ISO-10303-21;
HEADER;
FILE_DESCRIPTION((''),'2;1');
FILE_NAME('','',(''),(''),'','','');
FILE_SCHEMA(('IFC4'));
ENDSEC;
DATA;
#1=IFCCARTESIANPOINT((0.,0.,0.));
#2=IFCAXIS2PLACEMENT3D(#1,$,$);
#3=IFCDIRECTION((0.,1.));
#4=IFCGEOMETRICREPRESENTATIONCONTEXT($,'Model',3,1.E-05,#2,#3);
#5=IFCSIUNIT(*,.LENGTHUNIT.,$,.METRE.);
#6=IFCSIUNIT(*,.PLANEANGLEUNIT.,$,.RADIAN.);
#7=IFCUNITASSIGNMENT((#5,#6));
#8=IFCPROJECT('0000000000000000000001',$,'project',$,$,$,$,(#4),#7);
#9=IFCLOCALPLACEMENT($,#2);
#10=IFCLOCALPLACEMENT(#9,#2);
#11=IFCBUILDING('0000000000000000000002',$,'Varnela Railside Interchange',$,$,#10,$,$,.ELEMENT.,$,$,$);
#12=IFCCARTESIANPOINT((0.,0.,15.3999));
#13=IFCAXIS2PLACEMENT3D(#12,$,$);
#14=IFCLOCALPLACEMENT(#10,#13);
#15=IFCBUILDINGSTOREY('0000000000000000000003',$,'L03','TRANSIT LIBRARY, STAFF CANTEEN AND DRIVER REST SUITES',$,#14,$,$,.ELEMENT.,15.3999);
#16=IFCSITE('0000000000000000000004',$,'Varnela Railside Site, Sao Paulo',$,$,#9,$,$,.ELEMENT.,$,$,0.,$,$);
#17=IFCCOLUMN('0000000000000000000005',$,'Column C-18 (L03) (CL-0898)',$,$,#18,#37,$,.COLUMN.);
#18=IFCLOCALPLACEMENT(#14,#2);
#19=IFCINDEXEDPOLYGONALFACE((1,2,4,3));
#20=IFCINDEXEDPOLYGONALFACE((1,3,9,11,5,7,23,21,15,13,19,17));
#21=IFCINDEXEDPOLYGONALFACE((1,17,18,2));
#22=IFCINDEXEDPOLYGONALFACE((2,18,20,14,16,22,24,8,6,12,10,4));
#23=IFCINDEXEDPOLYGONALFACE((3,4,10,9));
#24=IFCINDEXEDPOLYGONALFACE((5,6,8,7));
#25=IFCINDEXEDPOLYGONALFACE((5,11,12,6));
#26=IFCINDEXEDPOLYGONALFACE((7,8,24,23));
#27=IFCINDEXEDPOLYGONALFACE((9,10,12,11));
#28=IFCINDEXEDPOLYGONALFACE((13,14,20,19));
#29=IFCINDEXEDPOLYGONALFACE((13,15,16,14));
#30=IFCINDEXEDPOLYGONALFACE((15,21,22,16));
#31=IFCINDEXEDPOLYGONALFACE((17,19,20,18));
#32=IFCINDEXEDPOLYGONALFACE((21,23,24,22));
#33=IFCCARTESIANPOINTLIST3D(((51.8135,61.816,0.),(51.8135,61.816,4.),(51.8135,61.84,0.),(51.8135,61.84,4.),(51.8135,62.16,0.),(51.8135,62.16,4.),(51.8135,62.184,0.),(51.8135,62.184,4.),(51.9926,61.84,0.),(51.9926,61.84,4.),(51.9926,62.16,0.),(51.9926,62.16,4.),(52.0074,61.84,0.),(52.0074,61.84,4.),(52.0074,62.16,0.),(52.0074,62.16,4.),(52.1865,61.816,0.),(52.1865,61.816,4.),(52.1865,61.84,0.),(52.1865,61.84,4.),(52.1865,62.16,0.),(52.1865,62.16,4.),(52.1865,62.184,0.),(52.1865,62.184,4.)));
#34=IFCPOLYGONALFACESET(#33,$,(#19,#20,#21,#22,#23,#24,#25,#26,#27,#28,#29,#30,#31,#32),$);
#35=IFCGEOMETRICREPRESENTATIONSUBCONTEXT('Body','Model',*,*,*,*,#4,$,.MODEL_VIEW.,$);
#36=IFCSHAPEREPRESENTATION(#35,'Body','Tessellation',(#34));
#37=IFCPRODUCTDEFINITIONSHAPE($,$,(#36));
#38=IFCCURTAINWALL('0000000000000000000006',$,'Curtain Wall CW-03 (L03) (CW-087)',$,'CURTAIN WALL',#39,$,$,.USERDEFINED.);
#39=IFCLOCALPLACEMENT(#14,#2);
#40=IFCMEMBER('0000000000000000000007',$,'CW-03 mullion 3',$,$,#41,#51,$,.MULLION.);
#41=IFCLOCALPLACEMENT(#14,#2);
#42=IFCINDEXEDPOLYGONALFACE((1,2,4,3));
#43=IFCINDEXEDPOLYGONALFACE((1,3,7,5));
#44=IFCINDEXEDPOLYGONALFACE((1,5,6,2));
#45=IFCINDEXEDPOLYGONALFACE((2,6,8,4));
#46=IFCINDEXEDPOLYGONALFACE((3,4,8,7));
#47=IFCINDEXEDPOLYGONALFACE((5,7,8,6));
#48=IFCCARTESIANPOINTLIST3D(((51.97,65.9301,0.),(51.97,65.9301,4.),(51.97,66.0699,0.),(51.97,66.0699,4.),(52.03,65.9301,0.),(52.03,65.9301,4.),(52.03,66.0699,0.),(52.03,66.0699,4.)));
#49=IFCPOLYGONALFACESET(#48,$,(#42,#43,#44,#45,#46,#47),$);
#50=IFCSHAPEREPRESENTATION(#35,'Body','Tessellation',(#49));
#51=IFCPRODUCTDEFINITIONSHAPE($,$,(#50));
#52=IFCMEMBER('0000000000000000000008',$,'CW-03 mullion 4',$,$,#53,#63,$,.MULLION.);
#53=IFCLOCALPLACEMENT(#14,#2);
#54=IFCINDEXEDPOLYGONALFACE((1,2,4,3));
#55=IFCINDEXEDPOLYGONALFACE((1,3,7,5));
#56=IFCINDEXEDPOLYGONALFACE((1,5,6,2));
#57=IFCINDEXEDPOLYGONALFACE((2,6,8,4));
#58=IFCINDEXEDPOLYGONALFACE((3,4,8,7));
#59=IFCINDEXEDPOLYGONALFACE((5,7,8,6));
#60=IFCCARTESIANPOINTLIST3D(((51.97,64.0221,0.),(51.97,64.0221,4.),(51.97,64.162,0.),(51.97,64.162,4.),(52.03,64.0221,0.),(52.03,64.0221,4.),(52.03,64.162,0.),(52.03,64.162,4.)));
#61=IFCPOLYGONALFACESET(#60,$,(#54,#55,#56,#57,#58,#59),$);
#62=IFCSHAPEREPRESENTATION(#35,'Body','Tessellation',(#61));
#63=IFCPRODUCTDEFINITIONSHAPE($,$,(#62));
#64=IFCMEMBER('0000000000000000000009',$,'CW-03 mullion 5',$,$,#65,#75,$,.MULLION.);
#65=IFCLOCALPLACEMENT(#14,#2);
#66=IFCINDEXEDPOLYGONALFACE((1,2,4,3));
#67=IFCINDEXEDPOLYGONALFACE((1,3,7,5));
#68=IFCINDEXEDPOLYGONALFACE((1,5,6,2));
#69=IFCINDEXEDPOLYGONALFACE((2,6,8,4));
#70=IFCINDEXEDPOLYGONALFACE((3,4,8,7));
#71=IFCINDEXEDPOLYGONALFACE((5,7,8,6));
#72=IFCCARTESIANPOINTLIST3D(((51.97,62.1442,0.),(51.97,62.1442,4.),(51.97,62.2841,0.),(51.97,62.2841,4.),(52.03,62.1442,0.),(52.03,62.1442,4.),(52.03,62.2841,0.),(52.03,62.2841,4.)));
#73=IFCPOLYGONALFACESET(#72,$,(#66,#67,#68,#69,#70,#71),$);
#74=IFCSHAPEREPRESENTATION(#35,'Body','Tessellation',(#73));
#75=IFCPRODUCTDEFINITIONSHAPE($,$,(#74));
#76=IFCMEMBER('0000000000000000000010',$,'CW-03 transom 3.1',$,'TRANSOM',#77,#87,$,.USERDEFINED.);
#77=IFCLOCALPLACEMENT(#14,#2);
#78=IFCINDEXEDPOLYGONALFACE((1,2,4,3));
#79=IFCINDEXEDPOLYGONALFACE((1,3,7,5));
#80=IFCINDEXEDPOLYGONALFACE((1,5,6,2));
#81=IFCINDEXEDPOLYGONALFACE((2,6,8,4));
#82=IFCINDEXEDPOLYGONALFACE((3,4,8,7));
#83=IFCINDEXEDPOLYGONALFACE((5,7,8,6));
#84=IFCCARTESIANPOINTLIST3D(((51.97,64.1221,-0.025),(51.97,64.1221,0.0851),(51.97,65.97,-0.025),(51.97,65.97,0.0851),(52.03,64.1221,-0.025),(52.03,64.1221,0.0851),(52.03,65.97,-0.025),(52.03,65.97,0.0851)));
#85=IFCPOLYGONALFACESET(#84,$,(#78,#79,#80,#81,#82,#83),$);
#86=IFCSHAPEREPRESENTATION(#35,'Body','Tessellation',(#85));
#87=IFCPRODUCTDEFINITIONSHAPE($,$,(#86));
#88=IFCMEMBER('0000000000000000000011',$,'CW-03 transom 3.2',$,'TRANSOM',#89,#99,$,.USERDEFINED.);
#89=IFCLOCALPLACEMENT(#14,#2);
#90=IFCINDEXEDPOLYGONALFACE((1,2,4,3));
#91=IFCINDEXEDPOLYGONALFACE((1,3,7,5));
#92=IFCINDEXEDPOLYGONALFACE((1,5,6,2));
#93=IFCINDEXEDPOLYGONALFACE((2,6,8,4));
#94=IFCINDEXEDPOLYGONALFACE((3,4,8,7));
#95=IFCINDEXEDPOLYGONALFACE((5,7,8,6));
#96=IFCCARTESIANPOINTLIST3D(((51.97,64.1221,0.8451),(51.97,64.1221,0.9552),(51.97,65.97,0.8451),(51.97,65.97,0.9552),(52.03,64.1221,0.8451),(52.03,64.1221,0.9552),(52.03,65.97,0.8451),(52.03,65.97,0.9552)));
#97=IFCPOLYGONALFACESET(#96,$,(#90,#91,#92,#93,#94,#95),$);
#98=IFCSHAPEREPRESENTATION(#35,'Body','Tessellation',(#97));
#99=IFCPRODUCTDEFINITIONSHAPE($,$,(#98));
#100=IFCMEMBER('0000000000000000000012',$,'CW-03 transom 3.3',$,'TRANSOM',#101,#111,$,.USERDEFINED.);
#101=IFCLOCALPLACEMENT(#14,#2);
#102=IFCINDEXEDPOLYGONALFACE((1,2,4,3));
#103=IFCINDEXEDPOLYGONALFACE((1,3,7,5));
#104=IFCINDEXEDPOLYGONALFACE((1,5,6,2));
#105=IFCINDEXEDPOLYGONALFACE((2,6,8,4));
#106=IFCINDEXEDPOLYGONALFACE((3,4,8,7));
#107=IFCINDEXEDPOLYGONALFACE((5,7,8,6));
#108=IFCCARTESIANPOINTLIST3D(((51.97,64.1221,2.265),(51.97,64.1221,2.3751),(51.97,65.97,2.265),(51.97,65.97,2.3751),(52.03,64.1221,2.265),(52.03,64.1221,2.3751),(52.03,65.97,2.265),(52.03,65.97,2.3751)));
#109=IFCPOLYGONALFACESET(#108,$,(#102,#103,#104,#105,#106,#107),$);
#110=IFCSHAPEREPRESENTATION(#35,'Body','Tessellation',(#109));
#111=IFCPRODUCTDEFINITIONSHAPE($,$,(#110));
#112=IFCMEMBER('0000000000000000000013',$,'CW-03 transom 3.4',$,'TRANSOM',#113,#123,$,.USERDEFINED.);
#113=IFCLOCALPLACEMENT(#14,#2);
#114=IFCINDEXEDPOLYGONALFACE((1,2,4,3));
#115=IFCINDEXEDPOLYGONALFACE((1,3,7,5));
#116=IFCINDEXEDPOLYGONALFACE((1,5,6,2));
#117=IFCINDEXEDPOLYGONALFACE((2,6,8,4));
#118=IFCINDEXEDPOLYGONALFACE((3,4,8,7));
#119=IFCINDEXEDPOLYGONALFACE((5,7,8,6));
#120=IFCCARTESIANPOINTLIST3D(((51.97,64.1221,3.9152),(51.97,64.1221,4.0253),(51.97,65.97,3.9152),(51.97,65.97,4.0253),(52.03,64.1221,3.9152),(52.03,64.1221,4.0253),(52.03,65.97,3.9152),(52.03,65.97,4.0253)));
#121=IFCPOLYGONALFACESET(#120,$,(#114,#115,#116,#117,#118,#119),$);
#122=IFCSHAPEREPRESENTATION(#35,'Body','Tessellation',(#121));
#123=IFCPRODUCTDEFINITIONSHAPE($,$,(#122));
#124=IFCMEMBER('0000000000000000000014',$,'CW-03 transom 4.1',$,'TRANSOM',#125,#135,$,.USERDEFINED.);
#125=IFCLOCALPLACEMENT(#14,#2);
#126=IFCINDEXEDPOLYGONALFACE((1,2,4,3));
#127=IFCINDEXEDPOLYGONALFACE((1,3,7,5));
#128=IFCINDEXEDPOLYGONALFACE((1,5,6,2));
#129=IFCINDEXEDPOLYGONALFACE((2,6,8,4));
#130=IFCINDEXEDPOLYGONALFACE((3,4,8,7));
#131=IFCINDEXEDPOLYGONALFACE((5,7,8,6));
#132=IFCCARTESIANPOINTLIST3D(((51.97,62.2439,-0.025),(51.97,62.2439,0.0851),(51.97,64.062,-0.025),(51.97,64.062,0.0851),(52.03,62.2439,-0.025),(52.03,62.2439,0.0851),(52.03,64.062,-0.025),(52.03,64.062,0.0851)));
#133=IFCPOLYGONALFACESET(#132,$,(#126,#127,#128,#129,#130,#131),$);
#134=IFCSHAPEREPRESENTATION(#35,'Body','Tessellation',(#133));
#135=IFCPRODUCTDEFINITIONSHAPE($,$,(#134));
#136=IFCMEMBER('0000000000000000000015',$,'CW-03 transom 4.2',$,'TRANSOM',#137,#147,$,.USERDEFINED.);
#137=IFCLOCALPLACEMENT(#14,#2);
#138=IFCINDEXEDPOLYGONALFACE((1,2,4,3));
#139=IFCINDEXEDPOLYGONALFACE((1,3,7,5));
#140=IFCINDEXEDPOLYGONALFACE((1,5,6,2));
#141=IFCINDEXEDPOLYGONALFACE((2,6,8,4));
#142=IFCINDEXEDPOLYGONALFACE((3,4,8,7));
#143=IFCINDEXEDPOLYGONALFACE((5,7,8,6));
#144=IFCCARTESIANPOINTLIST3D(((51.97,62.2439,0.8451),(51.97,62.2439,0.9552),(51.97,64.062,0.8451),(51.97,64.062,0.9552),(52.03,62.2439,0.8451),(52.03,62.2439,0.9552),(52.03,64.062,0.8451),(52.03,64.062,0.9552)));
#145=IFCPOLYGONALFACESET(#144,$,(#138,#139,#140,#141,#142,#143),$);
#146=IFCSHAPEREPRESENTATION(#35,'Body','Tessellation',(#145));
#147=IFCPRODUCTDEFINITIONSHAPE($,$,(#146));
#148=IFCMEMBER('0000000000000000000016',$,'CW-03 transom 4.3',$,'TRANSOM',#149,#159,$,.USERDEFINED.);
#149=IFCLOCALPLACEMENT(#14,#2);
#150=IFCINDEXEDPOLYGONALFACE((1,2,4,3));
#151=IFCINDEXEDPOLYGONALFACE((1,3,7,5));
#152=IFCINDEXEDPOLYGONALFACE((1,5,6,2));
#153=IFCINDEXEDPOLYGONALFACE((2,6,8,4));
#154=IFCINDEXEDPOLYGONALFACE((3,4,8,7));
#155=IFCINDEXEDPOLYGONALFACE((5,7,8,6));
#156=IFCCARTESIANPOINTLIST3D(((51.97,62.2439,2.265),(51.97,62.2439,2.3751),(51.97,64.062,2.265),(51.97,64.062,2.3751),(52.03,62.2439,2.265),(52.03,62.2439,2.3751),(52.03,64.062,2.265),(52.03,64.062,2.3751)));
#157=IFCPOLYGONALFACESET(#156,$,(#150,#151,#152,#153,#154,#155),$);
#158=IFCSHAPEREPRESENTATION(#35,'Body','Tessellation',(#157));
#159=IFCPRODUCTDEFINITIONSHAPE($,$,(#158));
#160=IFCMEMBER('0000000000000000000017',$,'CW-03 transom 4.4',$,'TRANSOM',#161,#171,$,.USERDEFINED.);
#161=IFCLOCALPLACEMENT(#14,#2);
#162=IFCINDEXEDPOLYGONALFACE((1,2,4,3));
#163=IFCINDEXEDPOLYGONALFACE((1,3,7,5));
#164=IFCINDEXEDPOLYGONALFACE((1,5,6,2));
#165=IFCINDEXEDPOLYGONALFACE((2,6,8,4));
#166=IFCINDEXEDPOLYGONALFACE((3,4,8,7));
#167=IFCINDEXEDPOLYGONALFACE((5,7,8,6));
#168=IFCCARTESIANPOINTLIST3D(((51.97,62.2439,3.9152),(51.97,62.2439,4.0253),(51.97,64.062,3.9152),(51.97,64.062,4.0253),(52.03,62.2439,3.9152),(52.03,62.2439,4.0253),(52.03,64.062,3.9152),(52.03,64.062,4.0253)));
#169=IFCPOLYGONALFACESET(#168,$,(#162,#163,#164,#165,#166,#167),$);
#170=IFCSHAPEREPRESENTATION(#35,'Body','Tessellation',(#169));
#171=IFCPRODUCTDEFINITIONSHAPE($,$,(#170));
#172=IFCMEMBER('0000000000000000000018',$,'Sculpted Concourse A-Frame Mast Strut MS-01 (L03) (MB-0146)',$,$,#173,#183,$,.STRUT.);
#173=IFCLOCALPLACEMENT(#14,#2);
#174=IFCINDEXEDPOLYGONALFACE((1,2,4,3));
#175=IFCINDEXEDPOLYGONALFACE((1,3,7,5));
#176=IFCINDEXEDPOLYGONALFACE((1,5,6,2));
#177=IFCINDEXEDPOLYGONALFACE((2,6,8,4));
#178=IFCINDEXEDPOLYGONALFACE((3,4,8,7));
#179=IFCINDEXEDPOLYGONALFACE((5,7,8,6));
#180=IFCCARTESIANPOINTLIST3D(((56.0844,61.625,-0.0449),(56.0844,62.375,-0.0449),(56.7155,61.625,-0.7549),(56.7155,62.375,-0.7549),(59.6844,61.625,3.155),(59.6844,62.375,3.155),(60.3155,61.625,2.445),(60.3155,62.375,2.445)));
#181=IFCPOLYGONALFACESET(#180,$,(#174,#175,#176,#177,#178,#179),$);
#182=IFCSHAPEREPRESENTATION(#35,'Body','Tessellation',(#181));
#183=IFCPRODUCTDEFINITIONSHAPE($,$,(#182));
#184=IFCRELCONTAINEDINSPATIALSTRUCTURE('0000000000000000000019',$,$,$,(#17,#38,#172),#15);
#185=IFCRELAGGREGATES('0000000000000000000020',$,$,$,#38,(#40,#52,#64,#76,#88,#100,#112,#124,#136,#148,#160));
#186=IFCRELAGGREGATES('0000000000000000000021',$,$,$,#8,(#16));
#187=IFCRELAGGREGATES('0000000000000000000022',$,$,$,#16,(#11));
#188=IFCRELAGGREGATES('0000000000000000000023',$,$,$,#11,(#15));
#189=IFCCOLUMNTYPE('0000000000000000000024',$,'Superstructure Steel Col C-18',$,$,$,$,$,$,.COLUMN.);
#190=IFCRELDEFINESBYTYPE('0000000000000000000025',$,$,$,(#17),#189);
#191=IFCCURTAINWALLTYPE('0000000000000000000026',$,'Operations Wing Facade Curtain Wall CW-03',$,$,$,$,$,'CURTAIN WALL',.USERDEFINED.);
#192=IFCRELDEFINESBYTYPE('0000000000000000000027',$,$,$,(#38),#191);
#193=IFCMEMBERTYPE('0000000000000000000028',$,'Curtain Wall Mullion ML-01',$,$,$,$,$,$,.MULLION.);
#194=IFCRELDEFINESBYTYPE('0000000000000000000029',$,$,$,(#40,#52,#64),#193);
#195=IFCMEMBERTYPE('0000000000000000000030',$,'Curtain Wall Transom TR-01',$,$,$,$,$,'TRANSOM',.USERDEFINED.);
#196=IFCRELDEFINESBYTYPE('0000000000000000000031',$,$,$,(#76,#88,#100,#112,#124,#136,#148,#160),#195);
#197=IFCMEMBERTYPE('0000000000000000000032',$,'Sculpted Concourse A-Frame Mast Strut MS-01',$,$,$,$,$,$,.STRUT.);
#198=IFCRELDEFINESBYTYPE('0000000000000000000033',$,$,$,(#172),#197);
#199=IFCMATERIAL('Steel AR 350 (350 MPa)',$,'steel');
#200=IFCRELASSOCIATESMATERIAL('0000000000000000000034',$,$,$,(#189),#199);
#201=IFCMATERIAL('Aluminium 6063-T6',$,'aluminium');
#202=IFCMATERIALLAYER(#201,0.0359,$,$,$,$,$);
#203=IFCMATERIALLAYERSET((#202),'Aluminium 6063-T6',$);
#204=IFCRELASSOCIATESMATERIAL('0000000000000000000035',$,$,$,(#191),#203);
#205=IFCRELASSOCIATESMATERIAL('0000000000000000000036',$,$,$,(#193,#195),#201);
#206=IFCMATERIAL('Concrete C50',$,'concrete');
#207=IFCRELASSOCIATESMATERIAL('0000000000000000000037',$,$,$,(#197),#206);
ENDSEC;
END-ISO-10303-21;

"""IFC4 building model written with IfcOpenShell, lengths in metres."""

from ifc_helpers import new_model, si_unit, direction, frame, origin, origin_2d, place, context, subcontext, project, spatial, rectangle, i_section, extrude, material, layer, layer_set, material_profile, profile_set, type_object, element, aggregate, save


model = new_model("IFC4")

# Units and contexts
model_context = context("Model", 3, precision=1e-05, world=origin(), true_north=direction((0.0, 1.0)))
body_context = subcontext(model_context, "Body", "Model", "MODEL_VIEW")
ifc_project = project(units=[si_unit("LENGTHUNIT", "METRE"), si_unit("PLANEANGLEUNIT", "RADIAN")], contexts=[model_context])

# Site, building, storey
site_placement = place(None, origin())
site = spatial("IfcSite", under=ifc_project, at=site_placement, Name="Varnela Railside Site, Sao Paulo", CompositionType="ELEMENT", RefElevation=0.0)
building_placement = place(site_placement, origin())
building = spatial("IfcBuilding", under=site, at=building_placement, Name="Varnela Railside Interchange", CompositionType="ELEMENT")
storey_placement = place(building_placement, frame((0.0, 0.0, 15.3999)))
storey = spatial("IfcBuildingStorey", under=building, at=storey_placement, Name="L03", Description="TRANSIT LIBRARY, STAFF CANTEEN AND DRIVER REST SUITES", CompositionType="ELEMENT", Elevation=15.3999)

# Column
ifc_material_1 = material(Name="Steel AR 350 (350 MPa)", Category="steel")
ifc_material_profile_1 = material_profile(ifc_material_1, i_section(OverallWidth=0.373, OverallDepth=0.3679, WebThickness=0.0149, FlangeThickness=0.0239, at=origin_2d()), Name="W360x179")
ifc_profile_set_1 = profile_set([ifc_material_profile_1], Name="Steel AR 350 (350 MPa)")
column_type = type_object("IfcColumnType", Name="Superstructure Steel Col C-18", PredefinedType="COLUMN", material=ifc_profile_set_1)
column_placement = place(storey_placement, frame((52.0, 62.0, 0.0), z_axis=(0.0, 0.0, 1.0), x_axis=(1.0, 0.0, 0.0)))
element("IfcColumn", 1, at=column_placement, inside=storey, type_object=column_type, Name="Column C-18 (L03) (CL-0898)", PredefinedType="COLUMN", context=body_context, shape_type="SweptSolid", body=[
    extrude(i_section(OverallWidth=0.373, OverallDepth=0.3679, WebThickness=0.0149, FlangeThickness=0.0239, at=origin_2d()), origin(), (0.0, 0.0, 1.0), 4.0),
])

# Curtain wall, members
ifc_material_2 = material(Name="Aluminium 6063-T6", Category="aluminium")
ifc_layer_1 = layer(ifc_material_2, 0.0359)
ifc_layer_set_1 = layer_set([ifc_layer_1], Name="Aluminium 6063-T6")
curtain_wall_type = type_object("IfcCurtainWallType", Name="Operations Wing Facade Curtain Wall CW-03", ElementType="CURTAIN WALL", PredefinedType="USERDEFINED", material=ifc_layer_set_1)
curtain_wall_placement = place(storey_placement, origin())
curtain_wall = element("IfcCurtainWall", 2, at=curtain_wall_placement, inside=storey, type_object=curtain_wall_type, Name="Curtain Wall CW-03 (L03) (CW-087)", ObjectType="CURTAIN WALL", PredefinedType="USERDEFINED")
ifc_material_profile_2 = material_profile(ifc_material_2, rectangle(XDim=0.0601, YDim=0.1399, at=origin_2d()), Name="ALU 60x140")
ifc_profile_set_2 = profile_set([ifc_material_profile_2], Name="Aluminium 6063-T6")
member_type_1 = type_object("IfcMemberType", Name="Curtain Wall Mullion ML-01", PredefinedType="MULLION", material=ifc_profile_set_2)
member_1_placement = place(storey_placement, frame((52.0, 66.0, 0.0), z_axis=(0.0, 0.0, 1.0), x_axis=(1.0, 0.0, 0.0)))
member_1 = element("IfcMember", 3, at=member_1_placement, type_object=member_type_1, Name="CW-03 mullion 3", PredefinedType="MULLION", context=body_context, shape_type="SweptSolid", body=[
    extrude(rectangle(XDim=0.0601, YDim=0.1399, at=origin_2d()), origin(), (0.0, 0.0, 1.0), 4.0),
])
member_2_placement = place(storey_placement, frame((52.0, 64.092, 0.0), z_axis=(0.0, 0.0, 1.0), x_axis=(1.0, 0.0, 0.0)))
member_2 = element("IfcMember", 4, at=member_2_placement, type_object=member_type_1, Name="CW-03 mullion 4", PredefinedType="MULLION", context=body_context, shape_type="SweptSolid", body=[
    extrude(rectangle(XDim=0.0601, YDim=0.1399, at=origin_2d()), origin(), (0.0, 0.0, 1.0), 4.0),
])
member_3_placement = place(storey_placement, frame((52.0, 62.2141, 0.0), z_axis=(0.0, 0.0, 1.0), x_axis=(1.0, 0.0, 0.0)))
member_3 = element("IfcMember", 5, at=member_3_placement, type_object=member_type_1, Name="CW-03 mullion 5", PredefinedType="MULLION", context=body_context, shape_type="SweptSolid", body=[
    extrude(rectangle(XDim=0.0601, YDim=0.1399, at=origin_2d()), origin(), (0.0, 0.0, 1.0), 4.0),
])
ifc_material_profile_3 = material_profile(ifc_material_2, rectangle(XDim=0.0601, YDim=0.1101, at=origin_2d()), Name="ALU 60x110")
ifc_profile_set_3 = profile_set([ifc_material_profile_3], Name="Aluminium 6063-T6")
member_type_2 = type_object("IfcMemberType", Name="Curtain Wall Transom TR-01", ElementType="TRANSOM", PredefinedType="USERDEFINED", material=ifc_profile_set_3)
member_4_placement = place(storey_placement, frame((52.0, 65.97, 0.03), z_axis=(0.0, -1.0, 0.0), x_axis=(1.0, 0.0, 0.0)))
member_4 = element("IfcMember", 6, at=member_4_placement, type_object=member_type_2, Name="CW-03 transom 3.1", ObjectType="TRANSOM", PredefinedType="USERDEFINED", context=body_context, shape_type="SweptSolid", body=[
    extrude(rectangle(XDim=0.0601, YDim=0.1101, at=origin_2d()), origin(), (0.0, 0.0, 1.0), 1.8479),
])
member_5_placement = place(storey_placement, frame((52.0, 65.97, 0.9001), z_axis=(0.0, -1.0, 0.0), x_axis=(1.0, 0.0, 0.0)))
member_5 = element("IfcMember", 7, at=member_5_placement, type_object=member_type_2, Name="CW-03 transom 3.2", ObjectType="TRANSOM", PredefinedType="USERDEFINED", context=body_context, shape_type="SweptSolid", body=[
    extrude(rectangle(XDim=0.0601, YDim=0.1101, at=origin_2d()), origin(), (0.0, 0.0, 1.0), 1.8479),
])
member_6_placement = place(storey_placement, frame((52.0, 65.97, 2.3201), z_axis=(0.0, -1.0, 0.0), x_axis=(1.0, 0.0, 0.0)))
member_6 = element("IfcMember", 8, at=member_6_placement, type_object=member_type_2, Name="CW-03 transom 3.3", ObjectType="TRANSOM", PredefinedType="USERDEFINED", context=body_context, shape_type="SweptSolid", body=[
    extrude(rectangle(XDim=0.0601, YDim=0.1101, at=origin_2d()), origin(), (0.0, 0.0, 1.0), 1.8479),
])
member_7_placement = place(storey_placement, frame((52.0, 65.97, 3.9702), z_axis=(0.0, -1.0, 0.0), x_axis=(1.0, 0.0, 0.0)))
member_7 = element("IfcMember", 9, at=member_7_placement, type_object=member_type_2, Name="CW-03 transom 3.4", ObjectType="TRANSOM", PredefinedType="USERDEFINED", context=body_context, shape_type="SweptSolid", body=[
    extrude(rectangle(XDim=0.0601, YDim=0.1101, at=origin_2d()), origin(), (0.0, 0.0, 1.0), 1.8479),
])
member_8_placement = place(storey_placement, frame((52.0, 64.062, 0.03), z_axis=(0.0, -1.0, 0.0), x_axis=(1.0, 0.0, 0.0)))
member_8 = element("IfcMember", 10, at=member_8_placement, type_object=member_type_2, Name="CW-03 transom 4.1", ObjectType="TRANSOM", PredefinedType="USERDEFINED", context=body_context, shape_type="SweptSolid", body=[
    extrude(rectangle(XDim=0.0601, YDim=0.1101, at=origin_2d()), origin(), (0.0, 0.0, 1.0), 1.8181),
])
member_9_placement = place(storey_placement, frame((52.0, 64.062, 0.9001), z_axis=(0.0, -1.0, 0.0), x_axis=(1.0, 0.0, 0.0)))
member_9 = element("IfcMember", 11, at=member_9_placement, type_object=member_type_2, Name="CW-03 transom 4.2", ObjectType="TRANSOM", PredefinedType="USERDEFINED", context=body_context, shape_type="SweptSolid", body=[
    extrude(rectangle(XDim=0.0601, YDim=0.1101, at=origin_2d()), origin(), (0.0, 0.0, 1.0), 1.8181),
])
member_10_placement = place(storey_placement, frame((52.0, 64.062, 2.3201), z_axis=(0.0, -1.0, 0.0), x_axis=(1.0, 0.0, 0.0)))
member_10 = element("IfcMember", 12, at=member_10_placement, type_object=member_type_2, Name="CW-03 transom 4.3", ObjectType="TRANSOM", PredefinedType="USERDEFINED", context=body_context, shape_type="SweptSolid", body=[
    extrude(rectangle(XDim=0.0601, YDim=0.1101, at=origin_2d()), origin(), (0.0, 0.0, 1.0), 1.8181),
])
member_11_placement = place(storey_placement, frame((52.0, 64.062, 3.9702), z_axis=(0.0, -1.0, 0.0), x_axis=(1.0, 0.0, 0.0)))
member_11 = element("IfcMember", 13, at=member_11_placement, type_object=member_type_2, Name="CW-03 transom 4.4", ObjectType="TRANSOM", PredefinedType="USERDEFINED", context=body_context, shape_type="SweptSolid", body=[
    extrude(rectangle(XDim=0.0601, YDim=0.1101, at=origin_2d()), origin(), (0.0, 0.0, 1.0), 1.8181),
])

# Member
ifc_material_3 = material(Name="Concrete C50", Category="concrete")
ifc_material_profile_4 = material_profile(ifc_material_3, rectangle(XDim=0.75, YDim=0.95, at=origin_2d()), Name="RC 750x950")
ifc_profile_set_4 = profile_set([ifc_material_profile_4], Name="Concrete C50")
member_type_3 = type_object("IfcMemberType", Name="Sculpted Concourse A-Frame Mast Strut MS-01", PredefinedType="STRUT", material=ifc_profile_set_4)
member_12_placement = place(storey_placement, frame((56.3999, 62.0, -0.3999), z_axis=(0.747423, 0.0, 0.664348), x_axis=(0.0, 1.0, 0.0)))
element("IfcMember", 14, at=member_12_placement, inside=storey, type_object=member_type_3, Name="Sculpted Concourse A-Frame Mast Strut MS-01 (L03) (MB-0146)", PredefinedType="STRUT", context=body_context, shape_type="SweptSolid", body=[
    extrude(rectangle(XDim=0.75, YDim=0.95, at=origin_2d()), origin(), (0.0, 0.0, 1.0), 4.8167),
])

aggregate(curtain_wall, [member_1, member_2, member_3, member_4, member_5, member_6, member_7, member_8, member_9, member_10, member_11])

save(model, "model.ifc")
